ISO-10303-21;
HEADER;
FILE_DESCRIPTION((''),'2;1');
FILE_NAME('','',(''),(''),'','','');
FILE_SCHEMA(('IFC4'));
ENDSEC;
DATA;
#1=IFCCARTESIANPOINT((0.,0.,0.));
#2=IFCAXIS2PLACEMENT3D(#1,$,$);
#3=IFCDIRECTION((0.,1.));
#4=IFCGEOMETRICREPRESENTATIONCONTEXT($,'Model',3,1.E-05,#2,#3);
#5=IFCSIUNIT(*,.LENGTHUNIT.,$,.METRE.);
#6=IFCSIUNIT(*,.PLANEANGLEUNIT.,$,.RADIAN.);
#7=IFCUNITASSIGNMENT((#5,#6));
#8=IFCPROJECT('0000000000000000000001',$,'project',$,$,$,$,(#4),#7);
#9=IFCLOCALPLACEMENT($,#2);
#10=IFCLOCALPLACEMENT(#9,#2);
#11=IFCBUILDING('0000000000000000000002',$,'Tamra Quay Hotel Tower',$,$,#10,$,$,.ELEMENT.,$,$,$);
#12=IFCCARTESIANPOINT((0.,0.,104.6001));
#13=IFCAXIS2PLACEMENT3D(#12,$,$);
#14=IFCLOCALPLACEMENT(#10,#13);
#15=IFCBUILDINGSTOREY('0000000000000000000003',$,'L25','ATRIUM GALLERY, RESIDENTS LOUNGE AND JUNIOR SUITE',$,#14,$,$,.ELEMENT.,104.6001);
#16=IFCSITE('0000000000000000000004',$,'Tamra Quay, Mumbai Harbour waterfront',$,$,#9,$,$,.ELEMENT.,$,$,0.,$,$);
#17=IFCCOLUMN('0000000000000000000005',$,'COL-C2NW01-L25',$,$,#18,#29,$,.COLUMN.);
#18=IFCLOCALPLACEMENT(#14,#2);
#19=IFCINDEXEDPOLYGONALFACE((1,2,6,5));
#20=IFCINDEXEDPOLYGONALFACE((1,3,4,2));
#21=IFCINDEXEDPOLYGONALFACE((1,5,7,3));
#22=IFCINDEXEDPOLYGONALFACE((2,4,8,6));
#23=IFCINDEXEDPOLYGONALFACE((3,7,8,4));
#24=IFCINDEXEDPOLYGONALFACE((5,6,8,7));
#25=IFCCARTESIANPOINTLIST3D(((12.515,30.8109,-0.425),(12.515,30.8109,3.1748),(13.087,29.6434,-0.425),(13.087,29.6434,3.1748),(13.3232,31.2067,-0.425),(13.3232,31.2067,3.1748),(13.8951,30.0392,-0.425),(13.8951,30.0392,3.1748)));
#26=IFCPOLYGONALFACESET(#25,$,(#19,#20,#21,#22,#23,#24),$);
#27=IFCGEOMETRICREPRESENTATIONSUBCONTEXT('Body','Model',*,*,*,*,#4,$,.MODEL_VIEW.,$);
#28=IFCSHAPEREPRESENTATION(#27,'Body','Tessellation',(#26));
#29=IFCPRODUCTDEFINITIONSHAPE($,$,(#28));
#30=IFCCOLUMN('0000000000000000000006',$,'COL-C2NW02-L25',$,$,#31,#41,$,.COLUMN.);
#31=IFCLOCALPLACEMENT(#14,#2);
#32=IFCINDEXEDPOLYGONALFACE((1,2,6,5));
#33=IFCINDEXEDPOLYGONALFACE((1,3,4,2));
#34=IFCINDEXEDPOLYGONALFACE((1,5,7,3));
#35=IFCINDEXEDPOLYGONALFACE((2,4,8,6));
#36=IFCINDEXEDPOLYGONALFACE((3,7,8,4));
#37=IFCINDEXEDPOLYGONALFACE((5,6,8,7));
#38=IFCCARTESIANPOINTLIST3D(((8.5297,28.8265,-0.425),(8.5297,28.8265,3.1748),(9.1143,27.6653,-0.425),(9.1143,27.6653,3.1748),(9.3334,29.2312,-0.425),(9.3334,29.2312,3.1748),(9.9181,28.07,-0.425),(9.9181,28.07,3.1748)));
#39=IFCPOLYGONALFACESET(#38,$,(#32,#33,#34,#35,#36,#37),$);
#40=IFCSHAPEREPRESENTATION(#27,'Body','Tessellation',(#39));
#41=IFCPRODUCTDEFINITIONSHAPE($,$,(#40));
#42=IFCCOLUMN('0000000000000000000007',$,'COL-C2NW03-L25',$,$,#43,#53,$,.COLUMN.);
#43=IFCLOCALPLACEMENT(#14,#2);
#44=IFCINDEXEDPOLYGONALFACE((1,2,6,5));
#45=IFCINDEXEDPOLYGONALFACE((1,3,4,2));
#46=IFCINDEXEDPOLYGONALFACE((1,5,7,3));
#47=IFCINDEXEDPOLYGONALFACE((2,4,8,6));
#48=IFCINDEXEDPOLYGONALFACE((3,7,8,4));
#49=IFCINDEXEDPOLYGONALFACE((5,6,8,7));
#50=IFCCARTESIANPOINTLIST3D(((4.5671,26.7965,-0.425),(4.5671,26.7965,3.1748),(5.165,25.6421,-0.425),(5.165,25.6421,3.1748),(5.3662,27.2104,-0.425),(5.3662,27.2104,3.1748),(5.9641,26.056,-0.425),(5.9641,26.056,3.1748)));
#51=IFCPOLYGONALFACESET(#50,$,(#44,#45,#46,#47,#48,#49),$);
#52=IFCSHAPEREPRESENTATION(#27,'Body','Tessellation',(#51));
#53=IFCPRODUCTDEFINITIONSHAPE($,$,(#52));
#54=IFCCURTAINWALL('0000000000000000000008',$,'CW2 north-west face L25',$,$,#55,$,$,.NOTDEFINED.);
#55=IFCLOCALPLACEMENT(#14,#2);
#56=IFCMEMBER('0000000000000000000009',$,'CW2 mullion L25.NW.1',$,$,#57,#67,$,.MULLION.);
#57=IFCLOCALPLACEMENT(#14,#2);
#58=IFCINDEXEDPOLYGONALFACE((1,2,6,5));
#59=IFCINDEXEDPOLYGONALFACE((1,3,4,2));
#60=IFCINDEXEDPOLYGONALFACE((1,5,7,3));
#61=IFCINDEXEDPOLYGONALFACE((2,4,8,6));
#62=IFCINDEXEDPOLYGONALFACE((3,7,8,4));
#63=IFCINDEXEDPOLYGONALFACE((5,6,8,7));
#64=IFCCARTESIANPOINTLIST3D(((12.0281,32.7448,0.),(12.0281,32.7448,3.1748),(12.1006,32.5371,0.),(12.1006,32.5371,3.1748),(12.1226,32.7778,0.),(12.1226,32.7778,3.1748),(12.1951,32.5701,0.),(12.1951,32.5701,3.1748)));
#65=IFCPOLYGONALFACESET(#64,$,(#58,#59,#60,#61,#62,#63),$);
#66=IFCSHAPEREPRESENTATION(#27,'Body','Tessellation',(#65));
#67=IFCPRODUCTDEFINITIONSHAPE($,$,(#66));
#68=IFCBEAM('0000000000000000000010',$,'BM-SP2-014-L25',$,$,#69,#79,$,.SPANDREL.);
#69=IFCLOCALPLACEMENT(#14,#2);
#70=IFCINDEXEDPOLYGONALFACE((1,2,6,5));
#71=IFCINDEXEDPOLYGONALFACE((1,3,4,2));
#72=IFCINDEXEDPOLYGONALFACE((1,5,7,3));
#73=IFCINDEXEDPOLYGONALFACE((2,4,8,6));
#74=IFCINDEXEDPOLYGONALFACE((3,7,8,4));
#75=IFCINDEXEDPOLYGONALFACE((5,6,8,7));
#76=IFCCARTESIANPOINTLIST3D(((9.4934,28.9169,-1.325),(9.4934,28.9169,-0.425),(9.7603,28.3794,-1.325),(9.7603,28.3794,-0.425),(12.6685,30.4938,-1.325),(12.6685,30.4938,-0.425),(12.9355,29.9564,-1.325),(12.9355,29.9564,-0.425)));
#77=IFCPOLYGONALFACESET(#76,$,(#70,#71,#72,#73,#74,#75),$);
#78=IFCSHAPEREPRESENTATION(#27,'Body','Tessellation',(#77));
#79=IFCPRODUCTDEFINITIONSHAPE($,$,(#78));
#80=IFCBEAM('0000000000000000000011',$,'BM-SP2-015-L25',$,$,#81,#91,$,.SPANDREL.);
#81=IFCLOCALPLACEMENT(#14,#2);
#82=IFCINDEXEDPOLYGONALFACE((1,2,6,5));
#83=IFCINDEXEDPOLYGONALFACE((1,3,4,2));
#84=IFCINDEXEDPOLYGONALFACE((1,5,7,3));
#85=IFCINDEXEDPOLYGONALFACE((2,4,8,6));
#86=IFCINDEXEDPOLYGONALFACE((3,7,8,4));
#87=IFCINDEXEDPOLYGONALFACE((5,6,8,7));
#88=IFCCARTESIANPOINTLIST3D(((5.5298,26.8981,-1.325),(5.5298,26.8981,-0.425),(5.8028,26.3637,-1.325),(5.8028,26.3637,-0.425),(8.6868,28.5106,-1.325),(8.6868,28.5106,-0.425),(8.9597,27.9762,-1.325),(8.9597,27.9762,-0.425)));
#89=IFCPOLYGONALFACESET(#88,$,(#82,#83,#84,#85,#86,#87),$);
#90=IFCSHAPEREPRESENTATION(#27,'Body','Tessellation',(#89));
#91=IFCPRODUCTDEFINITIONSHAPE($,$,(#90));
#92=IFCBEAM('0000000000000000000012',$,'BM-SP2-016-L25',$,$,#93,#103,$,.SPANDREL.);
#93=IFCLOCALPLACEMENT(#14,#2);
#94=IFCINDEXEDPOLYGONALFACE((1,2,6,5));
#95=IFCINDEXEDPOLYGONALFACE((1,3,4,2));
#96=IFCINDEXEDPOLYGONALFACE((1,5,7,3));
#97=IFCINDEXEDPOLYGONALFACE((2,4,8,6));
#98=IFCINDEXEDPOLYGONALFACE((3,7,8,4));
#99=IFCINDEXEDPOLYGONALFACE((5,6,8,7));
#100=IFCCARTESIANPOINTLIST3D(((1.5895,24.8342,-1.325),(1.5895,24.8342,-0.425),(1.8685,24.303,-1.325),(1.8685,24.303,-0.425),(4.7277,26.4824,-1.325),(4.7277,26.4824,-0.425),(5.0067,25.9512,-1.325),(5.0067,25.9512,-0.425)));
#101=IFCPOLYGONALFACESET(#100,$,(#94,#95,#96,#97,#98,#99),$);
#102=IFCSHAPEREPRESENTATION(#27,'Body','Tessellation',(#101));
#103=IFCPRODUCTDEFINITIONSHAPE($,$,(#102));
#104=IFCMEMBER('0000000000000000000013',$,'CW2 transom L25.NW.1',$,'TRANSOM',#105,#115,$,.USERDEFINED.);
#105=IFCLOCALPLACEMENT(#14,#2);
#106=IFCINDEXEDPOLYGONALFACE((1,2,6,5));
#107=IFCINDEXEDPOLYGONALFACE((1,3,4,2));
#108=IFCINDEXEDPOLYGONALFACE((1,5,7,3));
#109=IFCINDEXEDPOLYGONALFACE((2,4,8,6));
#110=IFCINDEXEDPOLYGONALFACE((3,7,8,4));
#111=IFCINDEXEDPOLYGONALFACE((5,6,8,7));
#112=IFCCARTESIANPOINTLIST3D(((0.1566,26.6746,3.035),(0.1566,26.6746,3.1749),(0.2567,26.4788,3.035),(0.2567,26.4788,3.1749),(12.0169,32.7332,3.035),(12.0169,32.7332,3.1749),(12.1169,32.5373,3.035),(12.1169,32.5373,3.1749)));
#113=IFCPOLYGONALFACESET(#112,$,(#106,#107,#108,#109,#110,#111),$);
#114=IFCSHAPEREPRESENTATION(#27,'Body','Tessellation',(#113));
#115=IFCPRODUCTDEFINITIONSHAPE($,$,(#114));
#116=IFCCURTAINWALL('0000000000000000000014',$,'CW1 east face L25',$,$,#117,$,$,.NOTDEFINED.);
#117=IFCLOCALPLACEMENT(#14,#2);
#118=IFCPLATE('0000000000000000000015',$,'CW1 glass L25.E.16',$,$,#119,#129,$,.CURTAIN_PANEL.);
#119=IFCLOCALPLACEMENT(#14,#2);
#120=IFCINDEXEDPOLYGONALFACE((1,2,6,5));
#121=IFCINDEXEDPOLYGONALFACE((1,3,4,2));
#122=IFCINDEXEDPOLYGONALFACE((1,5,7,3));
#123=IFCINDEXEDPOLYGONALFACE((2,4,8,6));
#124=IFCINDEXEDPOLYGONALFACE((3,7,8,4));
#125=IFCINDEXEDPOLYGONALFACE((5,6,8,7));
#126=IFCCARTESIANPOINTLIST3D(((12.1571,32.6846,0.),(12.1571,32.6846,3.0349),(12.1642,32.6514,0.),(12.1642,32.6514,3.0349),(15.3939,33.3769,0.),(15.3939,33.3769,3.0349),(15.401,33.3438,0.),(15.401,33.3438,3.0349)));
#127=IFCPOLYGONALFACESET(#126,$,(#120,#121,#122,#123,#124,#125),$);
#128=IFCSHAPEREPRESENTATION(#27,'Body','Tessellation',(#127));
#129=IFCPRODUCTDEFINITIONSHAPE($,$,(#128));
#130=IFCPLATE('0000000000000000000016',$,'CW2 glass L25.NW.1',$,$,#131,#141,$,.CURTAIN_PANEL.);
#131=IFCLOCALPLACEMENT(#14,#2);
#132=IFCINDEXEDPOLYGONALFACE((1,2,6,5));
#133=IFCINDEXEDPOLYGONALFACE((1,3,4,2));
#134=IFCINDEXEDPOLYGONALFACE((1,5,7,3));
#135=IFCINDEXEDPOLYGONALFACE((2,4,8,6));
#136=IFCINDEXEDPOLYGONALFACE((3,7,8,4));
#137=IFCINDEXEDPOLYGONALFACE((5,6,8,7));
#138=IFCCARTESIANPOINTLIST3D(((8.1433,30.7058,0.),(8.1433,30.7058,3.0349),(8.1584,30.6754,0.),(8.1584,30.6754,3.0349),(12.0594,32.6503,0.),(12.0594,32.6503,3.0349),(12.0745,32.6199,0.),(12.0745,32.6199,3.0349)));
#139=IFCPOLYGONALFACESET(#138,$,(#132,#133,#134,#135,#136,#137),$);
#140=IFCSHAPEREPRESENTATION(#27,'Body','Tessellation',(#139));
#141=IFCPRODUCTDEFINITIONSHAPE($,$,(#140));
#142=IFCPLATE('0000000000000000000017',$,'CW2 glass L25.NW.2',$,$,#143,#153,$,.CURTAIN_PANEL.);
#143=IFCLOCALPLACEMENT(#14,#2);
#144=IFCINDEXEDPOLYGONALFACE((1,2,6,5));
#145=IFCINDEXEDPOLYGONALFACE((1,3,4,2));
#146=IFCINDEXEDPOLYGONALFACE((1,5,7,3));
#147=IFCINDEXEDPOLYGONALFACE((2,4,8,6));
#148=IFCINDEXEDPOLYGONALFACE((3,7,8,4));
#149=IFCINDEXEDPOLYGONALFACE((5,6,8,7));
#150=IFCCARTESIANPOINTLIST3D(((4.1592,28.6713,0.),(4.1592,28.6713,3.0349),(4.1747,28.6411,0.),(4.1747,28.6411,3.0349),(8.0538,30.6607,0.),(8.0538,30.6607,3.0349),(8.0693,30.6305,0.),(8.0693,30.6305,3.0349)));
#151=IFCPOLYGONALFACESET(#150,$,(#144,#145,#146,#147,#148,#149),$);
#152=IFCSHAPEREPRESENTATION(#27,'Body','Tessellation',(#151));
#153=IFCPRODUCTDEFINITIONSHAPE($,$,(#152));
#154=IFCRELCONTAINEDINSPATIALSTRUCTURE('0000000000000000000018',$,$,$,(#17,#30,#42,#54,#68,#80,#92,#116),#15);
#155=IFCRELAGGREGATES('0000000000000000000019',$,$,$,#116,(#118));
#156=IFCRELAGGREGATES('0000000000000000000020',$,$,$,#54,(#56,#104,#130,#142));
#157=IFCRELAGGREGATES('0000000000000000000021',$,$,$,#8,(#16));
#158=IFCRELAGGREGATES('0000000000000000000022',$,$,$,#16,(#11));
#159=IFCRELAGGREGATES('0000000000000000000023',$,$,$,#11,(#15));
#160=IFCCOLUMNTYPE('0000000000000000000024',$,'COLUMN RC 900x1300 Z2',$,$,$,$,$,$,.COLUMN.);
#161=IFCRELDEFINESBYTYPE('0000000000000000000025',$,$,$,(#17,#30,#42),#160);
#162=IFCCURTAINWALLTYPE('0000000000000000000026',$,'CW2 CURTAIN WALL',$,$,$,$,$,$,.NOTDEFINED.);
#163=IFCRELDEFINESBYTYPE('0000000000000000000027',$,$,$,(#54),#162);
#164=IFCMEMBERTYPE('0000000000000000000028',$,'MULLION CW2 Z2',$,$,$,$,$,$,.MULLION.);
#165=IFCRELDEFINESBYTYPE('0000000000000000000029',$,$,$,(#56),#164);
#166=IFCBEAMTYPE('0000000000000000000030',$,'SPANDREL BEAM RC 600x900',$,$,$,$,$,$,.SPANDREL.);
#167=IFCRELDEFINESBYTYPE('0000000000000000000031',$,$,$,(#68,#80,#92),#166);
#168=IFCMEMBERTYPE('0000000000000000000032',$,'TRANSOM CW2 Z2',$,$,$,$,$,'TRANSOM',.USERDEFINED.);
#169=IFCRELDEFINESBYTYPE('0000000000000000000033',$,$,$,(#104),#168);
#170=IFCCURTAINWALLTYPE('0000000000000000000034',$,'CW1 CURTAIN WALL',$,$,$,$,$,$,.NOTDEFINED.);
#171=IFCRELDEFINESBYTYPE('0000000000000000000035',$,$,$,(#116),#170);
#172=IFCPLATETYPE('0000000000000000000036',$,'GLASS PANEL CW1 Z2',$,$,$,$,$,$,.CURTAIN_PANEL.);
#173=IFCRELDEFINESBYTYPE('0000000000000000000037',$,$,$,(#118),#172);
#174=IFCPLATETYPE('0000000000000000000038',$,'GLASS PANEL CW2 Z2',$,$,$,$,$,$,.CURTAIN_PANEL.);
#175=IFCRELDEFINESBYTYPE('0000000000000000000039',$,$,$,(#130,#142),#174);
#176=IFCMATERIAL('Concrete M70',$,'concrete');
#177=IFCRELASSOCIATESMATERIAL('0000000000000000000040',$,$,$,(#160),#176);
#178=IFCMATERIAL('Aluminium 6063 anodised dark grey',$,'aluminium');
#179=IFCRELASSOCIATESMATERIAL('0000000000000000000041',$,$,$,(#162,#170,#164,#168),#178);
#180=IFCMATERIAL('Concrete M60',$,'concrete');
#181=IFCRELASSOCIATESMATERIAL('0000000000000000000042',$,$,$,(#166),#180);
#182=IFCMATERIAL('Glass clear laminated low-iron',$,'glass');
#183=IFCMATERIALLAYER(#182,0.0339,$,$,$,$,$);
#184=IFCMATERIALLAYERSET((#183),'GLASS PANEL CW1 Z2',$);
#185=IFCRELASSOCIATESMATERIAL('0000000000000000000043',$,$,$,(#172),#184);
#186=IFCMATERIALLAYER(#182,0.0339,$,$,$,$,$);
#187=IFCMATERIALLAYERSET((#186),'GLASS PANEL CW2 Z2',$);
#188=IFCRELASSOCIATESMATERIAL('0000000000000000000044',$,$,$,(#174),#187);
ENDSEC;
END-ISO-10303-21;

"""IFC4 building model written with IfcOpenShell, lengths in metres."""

from ifc_helpers import new_model, si_unit, direction, frame, origin, origin_2d, place, context, subcontext, project, spatial, rectangle, extrude, material, layer, layer_set, material_profile, profile_set, type_object, element, aggregate, save


model = new_model("IFC4")

# Units and contexts
model_context = context("Model", 3, precision=1e-05, world=origin(), true_north=direction((0.0, 1.0)))
body_context = subcontext(model_context, "Body", "Model", "MODEL_VIEW")
ifc_project = project(units=[si_unit("LENGTHUNIT", "METRE"), si_unit("PLANEANGLEUNIT", "RADIAN")], contexts=[model_context])

# Site, building, storey
site_placement = place(None, origin())
site = spatial("IfcSite", under=ifc_project, at=site_placement, Name="Tamra Quay, Mumbai Harbour waterfront", CompositionType="ELEMENT", RefElevation=0.0)
building_placement = place(site_placement, origin())
building = spatial("IfcBuilding", under=site, at=building_placement, Name="Tamra Quay Hotel Tower", CompositionType="ELEMENT")
storey_placement = place(building_placement, frame((0.0, 0.0, 104.6001)))
storey = spatial("IfcBuildingStorey", under=building, at=storey_placement, Name="L25", Description="ATRIUM GALLERY, RESIDENTS LOUNGE AND JUNIOR SUITE", CompositionType="ELEMENT", Elevation=104.6001)

# Columns
ifc_material_1 = material(Name="Concrete M70", Category="concrete")
ifc_material_profile_1 = material_profile(ifc_material_1, rectangle(XDim=1.3, YDim=0.8999, at=origin_2d()), Name="COLUMN RC 900x1300 Z2")
ifc_profile_set_1 = profile_set([ifc_material_profile_1], Name="Concrete M70")
column_type = type_object("IfcColumnType", Name="COLUMN RC 900x1300 Z2", PredefinedType="COLUMN", material=ifc_profile_set_1)
for number, where, z_axis, x_axis, name in (
    (1, (13.2051, 30.425, -0.425), (0.0, 0.0, 1.0), (-0.439916, 0.898039, 0.0), "COL-C2NW01-L25"),
    (2, (9.2239, 28.4482, -0.425), (0.0, 0.0, 1.0), (-0.449727, 0.893166, 0.0), "COL-C2NW02-L25"),
    (3, (5.2656, 26.4263, -0.425), (0.0, 0.0, 1.0), (-0.45989, 0.887976, 0.0), "COL-C2NW03-L25"),
):
    element("IfcColumn", number, at=place(storey_placement, frame(where, z_axis=z_axis, x_axis=x_axis)), inside=storey, type_object=column_type, Name=name, PredefinedType="COLUMN", context=body_context, shape_type="SweptSolid", body=[
        extrude(rectangle(XDim=1.3, YDim=0.8999, at=origin_2d()), origin(), (0.0, 0.0, 1.0), 3.5999),
    ])

# Curtain wall, member
ifc_material_2 = material(Name="Aluminium 6063 anodised dark grey", Category="aluminium")
curtain_wall_type_1 = type_object("IfcCurtainWallType", Name="CW2 CURTAIN WALL", PredefinedType="NOTDEFINED", material=ifc_material_2)
curtain_wall_1_placement = place(storey_placement, origin())
curtain_wall_1 = element("IfcCurtainWall", 4, at=curtain_wall_1_placement, inside=storey, type_object=curtain_wall_type_1, Name="CW2 north-west face L25", PredefinedType="NOTDEFINED")
ifc_material_profile_2 = material_profile(ifc_material_2, rectangle(XDim=0.22, YDim=0.1001, at=origin_2d()), Name="MULLION 100X220")
ifc_profile_set_2 = profile_set([ifc_material_profile_2], Name="Aluminium 6063 anodised dark grey")
member_type_1 = type_object("IfcMemberType", Name="MULLION CW2 Z2", PredefinedType="MULLION", material=ifc_profile_set_2)
member_1_placement = place(storey_placement, frame((12.1116, 32.6575, 0.0), z_axis=(0.0, 0.0, 1.0), x_axis=(-0.329532, 0.944144, 0.0)))
member_1 = element("IfcMember", 5, at=member_1_placement, type_object=member_type_1, Name="CW2 mullion L25.NW.1", PredefinedType="MULLION", context=body_context, shape_type="SweptSolid", body=[
    extrude(rectangle(XDim=0.22, YDim=0.1001, at=origin_2d()), origin(), (0.0, 0.0, 1.0), 3.1748),
])

# Beams
ifc_material_3 = material(Name="Concrete M60", Category="concrete")
ifc_material_profile_3 = material_profile(ifc_material_3, rectangle(XDim=0.6001, YDim=0.8999, at=origin_2d()), Name="SPANDREL BEAM RC 600x900")
ifc_profile_set_3 = profile_set([ifc_material_profile_3], Name="Concrete M60")
beam_type = type_object("IfcBeamType", Name="SPANDREL BEAM RC 600x900", PredefinedType="SPANDREL", material=ifc_profile_set_3)
beam_1_placement = place(storey_placement, frame((12.802, 30.2251, -0.875), z_axis=(-0.895622, -0.444815, 0.0), x_axis=(0.444815, -0.895622, 0.0)))
element("IfcBeam", 6, at=beam_1_placement, inside=storey, type_object=beam_type, Name="BM-SP2-014-L25", PredefinedType="SPANDREL", context=body_context, shape_type="SweptSolid", body=[
    extrude(rectangle(XDim=0.6001, YDim=0.8999, at=origin_2d()), origin(), (0.0, 0.0, 1.0), 3.5452),
])
beam_2_placement = place(storey_placement, frame((8.8232, 28.2434, -0.875), z_axis=(-0.890551, -0.454883, 0.0), x_axis=(0.454883, -0.890551, 0.0)))
element("IfcBeam", 7, at=beam_2_placement, inside=storey, type_object=beam_type, Name="BM-SP2-015-L25", PredefinedType="SPANDREL", context=body_context, shape_type="SweptSolid", body=[
    extrude(rectangle(XDim=0.6001, YDim=0.8999, at=origin_2d()), origin(), (0.0, 0.0, 1.0), 3.5449),
])
beam_3_placement = place(storey_placement, frame((4.8672, 26.2168, -0.875), z_axis=(-0.885323, -0.464977, 0.0), x_axis=(0.464977, -0.885323, 0.0)))
element("IfcBeam", 8, at=beam_3_placement, inside=storey, type_object=beam_type, Name="BM-SP2-016-L25", PredefinedType="SPANDREL", context=body_context, shape_type="SweptSolid", body=[
    extrude(rectangle(XDim=0.6001, YDim=0.8999, at=origin_2d()), origin(), (0.0, 0.0, 1.0), 3.5447),
])

# Member
ifc_material_profile_4 = material_profile(ifc_material_2, rectangle(XDim=0.22, YDim=0.1399, at=origin_2d()), Name="TRANSOM 220X140")
ifc_profile_set_4 = profile_set([ifc_material_profile_4], Name="Aluminium 6063 anodised dark grey")
member_type_2 = type_object("IfcMemberType", Name="TRANSOM CW2 Z2", ElementType="TRANSOM", PredefinedType="USERDEFINED", material=ifc_profile_set_4)
member_2_placement = place(storey_placement, frame((12.0669, 32.6353, 3.105), z_axis=(-0.890537, -0.454911, 0.0), x_axis=(0.454911, -0.890537, 0.0)))
member_2 = element("IfcMember", 9, at=member_2_placement, type_object=member_type_2, Name="CW2 transom L25.NW.1", ObjectType="TRANSOM", PredefinedType="USERDEFINED", context=body_context, shape_type="SweptSolid", body=[
    extrude(rectangle(XDim=0.22, YDim=0.1399, at=origin_2d()), origin(), (0.0, 0.0, 1.0), 13.3181),
])

# Curtain wall, plate
curtain_wall_type_2 = type_object("IfcCurtainWallType", Name="CW1 CURTAIN WALL", PredefinedType="NOTDEFINED", material=ifc_material_2)
curtain_wall_2_placement = place(storey_placement, origin())
curtain_wall_2 = element("IfcCurtainWall", 10, at=curtain_wall_2_placement, inside=storey, type_object=curtain_wall_type_2, Name="CW1 east face L25", PredefinedType="NOTDEFINED")
ifc_material_4 = material(Name="Glass clear laminated low-iron", Category="glass")
ifc_layer_1 = layer(ifc_material_4, 0.0339)
ifc_layer_set_1 = layer_set([ifc_layer_1], Name="GLASS PANEL CW1 Z2")
plate_type_1 = type_object("IfcPlateType", Name="GLASS PANEL CW1 Z2", PredefinedType="CURTAIN_PANEL", material=ifc_layer_set_1)
plate_1_placement = place(storey_placement, frame((13.7791, 33.0142, 0.0), z_axis=(0.0, 0.0, 1.0), x_axis=(-0.977879, -0.209172, 0.0)))
plate_1 = element("IfcPlate", 11, at=plate_1_placement, type_object=plate_type_1, Name="CW1 glass L25.E.16", PredefinedType="CURTAIN_PANEL", context=body_context, shape_type="SweptSolid", body=[
    extrude(rectangle(XDim=3.3101, YDim=0.0339, at=origin_2d()), origin(), (0.0, 0.0, 1.0), 3.0349),
])
aggregate(curtain_wall_2, [plate_1])

# Plates
ifc_layer_2 = layer(ifc_material_4, 0.0339)
ifc_layer_set_2 = layer_set([ifc_layer_2], Name="GLASS PANEL CW2 Z2")
plate_type_2 = type_object("IfcPlateType", Name="GLASS PANEL CW2 Z2", PredefinedType="CURTAIN_PANEL", material=ifc_layer_set_2)
plate_2_placement = place(storey_placement, frame((10.1089, 31.6628, 0.0), z_axis=(0.0, 0.0, 1.0), x_axis=(-0.895658, -0.444743, 0.0)))
plate_2 = element("IfcPlate", 12, at=plate_2_placement, type_object=plate_type_2, Name="CW2 glass L25.NW.1", PredefinedType="CURTAIN_PANEL", context=body_context, shape_type="SweptSolid", body=[
    extrude(rectangle(XDim=4.3723, YDim=0.0339, at=origin_2d()), origin(), (0.0, 0.0, 1.0), 3.0349),
])
plate_3_placement = place(storey_placement, frame((6.1143, 29.6509, 0.0), z_axis=(0.0, 0.0, 1.0), x_axis=(-0.890545, -0.454896, 0.0)))
plate_3 = element("IfcPlate", 13, at=plate_3_placement, type_object=plate_type_2, Name="CW2 glass L25.NW.2", PredefinedType="CURTAIN_PANEL", context=body_context, shape_type="SweptSolid", body=[
    extrude(rectangle(XDim=4.3733, YDim=0.0339, at=origin_2d()), origin(), (0.0, 0.0, 1.0), 3.0349),
])
aggregate(curtain_wall_1, [member_1, member_2, plate_2, plate_3])

save(model, "model.ifc")
